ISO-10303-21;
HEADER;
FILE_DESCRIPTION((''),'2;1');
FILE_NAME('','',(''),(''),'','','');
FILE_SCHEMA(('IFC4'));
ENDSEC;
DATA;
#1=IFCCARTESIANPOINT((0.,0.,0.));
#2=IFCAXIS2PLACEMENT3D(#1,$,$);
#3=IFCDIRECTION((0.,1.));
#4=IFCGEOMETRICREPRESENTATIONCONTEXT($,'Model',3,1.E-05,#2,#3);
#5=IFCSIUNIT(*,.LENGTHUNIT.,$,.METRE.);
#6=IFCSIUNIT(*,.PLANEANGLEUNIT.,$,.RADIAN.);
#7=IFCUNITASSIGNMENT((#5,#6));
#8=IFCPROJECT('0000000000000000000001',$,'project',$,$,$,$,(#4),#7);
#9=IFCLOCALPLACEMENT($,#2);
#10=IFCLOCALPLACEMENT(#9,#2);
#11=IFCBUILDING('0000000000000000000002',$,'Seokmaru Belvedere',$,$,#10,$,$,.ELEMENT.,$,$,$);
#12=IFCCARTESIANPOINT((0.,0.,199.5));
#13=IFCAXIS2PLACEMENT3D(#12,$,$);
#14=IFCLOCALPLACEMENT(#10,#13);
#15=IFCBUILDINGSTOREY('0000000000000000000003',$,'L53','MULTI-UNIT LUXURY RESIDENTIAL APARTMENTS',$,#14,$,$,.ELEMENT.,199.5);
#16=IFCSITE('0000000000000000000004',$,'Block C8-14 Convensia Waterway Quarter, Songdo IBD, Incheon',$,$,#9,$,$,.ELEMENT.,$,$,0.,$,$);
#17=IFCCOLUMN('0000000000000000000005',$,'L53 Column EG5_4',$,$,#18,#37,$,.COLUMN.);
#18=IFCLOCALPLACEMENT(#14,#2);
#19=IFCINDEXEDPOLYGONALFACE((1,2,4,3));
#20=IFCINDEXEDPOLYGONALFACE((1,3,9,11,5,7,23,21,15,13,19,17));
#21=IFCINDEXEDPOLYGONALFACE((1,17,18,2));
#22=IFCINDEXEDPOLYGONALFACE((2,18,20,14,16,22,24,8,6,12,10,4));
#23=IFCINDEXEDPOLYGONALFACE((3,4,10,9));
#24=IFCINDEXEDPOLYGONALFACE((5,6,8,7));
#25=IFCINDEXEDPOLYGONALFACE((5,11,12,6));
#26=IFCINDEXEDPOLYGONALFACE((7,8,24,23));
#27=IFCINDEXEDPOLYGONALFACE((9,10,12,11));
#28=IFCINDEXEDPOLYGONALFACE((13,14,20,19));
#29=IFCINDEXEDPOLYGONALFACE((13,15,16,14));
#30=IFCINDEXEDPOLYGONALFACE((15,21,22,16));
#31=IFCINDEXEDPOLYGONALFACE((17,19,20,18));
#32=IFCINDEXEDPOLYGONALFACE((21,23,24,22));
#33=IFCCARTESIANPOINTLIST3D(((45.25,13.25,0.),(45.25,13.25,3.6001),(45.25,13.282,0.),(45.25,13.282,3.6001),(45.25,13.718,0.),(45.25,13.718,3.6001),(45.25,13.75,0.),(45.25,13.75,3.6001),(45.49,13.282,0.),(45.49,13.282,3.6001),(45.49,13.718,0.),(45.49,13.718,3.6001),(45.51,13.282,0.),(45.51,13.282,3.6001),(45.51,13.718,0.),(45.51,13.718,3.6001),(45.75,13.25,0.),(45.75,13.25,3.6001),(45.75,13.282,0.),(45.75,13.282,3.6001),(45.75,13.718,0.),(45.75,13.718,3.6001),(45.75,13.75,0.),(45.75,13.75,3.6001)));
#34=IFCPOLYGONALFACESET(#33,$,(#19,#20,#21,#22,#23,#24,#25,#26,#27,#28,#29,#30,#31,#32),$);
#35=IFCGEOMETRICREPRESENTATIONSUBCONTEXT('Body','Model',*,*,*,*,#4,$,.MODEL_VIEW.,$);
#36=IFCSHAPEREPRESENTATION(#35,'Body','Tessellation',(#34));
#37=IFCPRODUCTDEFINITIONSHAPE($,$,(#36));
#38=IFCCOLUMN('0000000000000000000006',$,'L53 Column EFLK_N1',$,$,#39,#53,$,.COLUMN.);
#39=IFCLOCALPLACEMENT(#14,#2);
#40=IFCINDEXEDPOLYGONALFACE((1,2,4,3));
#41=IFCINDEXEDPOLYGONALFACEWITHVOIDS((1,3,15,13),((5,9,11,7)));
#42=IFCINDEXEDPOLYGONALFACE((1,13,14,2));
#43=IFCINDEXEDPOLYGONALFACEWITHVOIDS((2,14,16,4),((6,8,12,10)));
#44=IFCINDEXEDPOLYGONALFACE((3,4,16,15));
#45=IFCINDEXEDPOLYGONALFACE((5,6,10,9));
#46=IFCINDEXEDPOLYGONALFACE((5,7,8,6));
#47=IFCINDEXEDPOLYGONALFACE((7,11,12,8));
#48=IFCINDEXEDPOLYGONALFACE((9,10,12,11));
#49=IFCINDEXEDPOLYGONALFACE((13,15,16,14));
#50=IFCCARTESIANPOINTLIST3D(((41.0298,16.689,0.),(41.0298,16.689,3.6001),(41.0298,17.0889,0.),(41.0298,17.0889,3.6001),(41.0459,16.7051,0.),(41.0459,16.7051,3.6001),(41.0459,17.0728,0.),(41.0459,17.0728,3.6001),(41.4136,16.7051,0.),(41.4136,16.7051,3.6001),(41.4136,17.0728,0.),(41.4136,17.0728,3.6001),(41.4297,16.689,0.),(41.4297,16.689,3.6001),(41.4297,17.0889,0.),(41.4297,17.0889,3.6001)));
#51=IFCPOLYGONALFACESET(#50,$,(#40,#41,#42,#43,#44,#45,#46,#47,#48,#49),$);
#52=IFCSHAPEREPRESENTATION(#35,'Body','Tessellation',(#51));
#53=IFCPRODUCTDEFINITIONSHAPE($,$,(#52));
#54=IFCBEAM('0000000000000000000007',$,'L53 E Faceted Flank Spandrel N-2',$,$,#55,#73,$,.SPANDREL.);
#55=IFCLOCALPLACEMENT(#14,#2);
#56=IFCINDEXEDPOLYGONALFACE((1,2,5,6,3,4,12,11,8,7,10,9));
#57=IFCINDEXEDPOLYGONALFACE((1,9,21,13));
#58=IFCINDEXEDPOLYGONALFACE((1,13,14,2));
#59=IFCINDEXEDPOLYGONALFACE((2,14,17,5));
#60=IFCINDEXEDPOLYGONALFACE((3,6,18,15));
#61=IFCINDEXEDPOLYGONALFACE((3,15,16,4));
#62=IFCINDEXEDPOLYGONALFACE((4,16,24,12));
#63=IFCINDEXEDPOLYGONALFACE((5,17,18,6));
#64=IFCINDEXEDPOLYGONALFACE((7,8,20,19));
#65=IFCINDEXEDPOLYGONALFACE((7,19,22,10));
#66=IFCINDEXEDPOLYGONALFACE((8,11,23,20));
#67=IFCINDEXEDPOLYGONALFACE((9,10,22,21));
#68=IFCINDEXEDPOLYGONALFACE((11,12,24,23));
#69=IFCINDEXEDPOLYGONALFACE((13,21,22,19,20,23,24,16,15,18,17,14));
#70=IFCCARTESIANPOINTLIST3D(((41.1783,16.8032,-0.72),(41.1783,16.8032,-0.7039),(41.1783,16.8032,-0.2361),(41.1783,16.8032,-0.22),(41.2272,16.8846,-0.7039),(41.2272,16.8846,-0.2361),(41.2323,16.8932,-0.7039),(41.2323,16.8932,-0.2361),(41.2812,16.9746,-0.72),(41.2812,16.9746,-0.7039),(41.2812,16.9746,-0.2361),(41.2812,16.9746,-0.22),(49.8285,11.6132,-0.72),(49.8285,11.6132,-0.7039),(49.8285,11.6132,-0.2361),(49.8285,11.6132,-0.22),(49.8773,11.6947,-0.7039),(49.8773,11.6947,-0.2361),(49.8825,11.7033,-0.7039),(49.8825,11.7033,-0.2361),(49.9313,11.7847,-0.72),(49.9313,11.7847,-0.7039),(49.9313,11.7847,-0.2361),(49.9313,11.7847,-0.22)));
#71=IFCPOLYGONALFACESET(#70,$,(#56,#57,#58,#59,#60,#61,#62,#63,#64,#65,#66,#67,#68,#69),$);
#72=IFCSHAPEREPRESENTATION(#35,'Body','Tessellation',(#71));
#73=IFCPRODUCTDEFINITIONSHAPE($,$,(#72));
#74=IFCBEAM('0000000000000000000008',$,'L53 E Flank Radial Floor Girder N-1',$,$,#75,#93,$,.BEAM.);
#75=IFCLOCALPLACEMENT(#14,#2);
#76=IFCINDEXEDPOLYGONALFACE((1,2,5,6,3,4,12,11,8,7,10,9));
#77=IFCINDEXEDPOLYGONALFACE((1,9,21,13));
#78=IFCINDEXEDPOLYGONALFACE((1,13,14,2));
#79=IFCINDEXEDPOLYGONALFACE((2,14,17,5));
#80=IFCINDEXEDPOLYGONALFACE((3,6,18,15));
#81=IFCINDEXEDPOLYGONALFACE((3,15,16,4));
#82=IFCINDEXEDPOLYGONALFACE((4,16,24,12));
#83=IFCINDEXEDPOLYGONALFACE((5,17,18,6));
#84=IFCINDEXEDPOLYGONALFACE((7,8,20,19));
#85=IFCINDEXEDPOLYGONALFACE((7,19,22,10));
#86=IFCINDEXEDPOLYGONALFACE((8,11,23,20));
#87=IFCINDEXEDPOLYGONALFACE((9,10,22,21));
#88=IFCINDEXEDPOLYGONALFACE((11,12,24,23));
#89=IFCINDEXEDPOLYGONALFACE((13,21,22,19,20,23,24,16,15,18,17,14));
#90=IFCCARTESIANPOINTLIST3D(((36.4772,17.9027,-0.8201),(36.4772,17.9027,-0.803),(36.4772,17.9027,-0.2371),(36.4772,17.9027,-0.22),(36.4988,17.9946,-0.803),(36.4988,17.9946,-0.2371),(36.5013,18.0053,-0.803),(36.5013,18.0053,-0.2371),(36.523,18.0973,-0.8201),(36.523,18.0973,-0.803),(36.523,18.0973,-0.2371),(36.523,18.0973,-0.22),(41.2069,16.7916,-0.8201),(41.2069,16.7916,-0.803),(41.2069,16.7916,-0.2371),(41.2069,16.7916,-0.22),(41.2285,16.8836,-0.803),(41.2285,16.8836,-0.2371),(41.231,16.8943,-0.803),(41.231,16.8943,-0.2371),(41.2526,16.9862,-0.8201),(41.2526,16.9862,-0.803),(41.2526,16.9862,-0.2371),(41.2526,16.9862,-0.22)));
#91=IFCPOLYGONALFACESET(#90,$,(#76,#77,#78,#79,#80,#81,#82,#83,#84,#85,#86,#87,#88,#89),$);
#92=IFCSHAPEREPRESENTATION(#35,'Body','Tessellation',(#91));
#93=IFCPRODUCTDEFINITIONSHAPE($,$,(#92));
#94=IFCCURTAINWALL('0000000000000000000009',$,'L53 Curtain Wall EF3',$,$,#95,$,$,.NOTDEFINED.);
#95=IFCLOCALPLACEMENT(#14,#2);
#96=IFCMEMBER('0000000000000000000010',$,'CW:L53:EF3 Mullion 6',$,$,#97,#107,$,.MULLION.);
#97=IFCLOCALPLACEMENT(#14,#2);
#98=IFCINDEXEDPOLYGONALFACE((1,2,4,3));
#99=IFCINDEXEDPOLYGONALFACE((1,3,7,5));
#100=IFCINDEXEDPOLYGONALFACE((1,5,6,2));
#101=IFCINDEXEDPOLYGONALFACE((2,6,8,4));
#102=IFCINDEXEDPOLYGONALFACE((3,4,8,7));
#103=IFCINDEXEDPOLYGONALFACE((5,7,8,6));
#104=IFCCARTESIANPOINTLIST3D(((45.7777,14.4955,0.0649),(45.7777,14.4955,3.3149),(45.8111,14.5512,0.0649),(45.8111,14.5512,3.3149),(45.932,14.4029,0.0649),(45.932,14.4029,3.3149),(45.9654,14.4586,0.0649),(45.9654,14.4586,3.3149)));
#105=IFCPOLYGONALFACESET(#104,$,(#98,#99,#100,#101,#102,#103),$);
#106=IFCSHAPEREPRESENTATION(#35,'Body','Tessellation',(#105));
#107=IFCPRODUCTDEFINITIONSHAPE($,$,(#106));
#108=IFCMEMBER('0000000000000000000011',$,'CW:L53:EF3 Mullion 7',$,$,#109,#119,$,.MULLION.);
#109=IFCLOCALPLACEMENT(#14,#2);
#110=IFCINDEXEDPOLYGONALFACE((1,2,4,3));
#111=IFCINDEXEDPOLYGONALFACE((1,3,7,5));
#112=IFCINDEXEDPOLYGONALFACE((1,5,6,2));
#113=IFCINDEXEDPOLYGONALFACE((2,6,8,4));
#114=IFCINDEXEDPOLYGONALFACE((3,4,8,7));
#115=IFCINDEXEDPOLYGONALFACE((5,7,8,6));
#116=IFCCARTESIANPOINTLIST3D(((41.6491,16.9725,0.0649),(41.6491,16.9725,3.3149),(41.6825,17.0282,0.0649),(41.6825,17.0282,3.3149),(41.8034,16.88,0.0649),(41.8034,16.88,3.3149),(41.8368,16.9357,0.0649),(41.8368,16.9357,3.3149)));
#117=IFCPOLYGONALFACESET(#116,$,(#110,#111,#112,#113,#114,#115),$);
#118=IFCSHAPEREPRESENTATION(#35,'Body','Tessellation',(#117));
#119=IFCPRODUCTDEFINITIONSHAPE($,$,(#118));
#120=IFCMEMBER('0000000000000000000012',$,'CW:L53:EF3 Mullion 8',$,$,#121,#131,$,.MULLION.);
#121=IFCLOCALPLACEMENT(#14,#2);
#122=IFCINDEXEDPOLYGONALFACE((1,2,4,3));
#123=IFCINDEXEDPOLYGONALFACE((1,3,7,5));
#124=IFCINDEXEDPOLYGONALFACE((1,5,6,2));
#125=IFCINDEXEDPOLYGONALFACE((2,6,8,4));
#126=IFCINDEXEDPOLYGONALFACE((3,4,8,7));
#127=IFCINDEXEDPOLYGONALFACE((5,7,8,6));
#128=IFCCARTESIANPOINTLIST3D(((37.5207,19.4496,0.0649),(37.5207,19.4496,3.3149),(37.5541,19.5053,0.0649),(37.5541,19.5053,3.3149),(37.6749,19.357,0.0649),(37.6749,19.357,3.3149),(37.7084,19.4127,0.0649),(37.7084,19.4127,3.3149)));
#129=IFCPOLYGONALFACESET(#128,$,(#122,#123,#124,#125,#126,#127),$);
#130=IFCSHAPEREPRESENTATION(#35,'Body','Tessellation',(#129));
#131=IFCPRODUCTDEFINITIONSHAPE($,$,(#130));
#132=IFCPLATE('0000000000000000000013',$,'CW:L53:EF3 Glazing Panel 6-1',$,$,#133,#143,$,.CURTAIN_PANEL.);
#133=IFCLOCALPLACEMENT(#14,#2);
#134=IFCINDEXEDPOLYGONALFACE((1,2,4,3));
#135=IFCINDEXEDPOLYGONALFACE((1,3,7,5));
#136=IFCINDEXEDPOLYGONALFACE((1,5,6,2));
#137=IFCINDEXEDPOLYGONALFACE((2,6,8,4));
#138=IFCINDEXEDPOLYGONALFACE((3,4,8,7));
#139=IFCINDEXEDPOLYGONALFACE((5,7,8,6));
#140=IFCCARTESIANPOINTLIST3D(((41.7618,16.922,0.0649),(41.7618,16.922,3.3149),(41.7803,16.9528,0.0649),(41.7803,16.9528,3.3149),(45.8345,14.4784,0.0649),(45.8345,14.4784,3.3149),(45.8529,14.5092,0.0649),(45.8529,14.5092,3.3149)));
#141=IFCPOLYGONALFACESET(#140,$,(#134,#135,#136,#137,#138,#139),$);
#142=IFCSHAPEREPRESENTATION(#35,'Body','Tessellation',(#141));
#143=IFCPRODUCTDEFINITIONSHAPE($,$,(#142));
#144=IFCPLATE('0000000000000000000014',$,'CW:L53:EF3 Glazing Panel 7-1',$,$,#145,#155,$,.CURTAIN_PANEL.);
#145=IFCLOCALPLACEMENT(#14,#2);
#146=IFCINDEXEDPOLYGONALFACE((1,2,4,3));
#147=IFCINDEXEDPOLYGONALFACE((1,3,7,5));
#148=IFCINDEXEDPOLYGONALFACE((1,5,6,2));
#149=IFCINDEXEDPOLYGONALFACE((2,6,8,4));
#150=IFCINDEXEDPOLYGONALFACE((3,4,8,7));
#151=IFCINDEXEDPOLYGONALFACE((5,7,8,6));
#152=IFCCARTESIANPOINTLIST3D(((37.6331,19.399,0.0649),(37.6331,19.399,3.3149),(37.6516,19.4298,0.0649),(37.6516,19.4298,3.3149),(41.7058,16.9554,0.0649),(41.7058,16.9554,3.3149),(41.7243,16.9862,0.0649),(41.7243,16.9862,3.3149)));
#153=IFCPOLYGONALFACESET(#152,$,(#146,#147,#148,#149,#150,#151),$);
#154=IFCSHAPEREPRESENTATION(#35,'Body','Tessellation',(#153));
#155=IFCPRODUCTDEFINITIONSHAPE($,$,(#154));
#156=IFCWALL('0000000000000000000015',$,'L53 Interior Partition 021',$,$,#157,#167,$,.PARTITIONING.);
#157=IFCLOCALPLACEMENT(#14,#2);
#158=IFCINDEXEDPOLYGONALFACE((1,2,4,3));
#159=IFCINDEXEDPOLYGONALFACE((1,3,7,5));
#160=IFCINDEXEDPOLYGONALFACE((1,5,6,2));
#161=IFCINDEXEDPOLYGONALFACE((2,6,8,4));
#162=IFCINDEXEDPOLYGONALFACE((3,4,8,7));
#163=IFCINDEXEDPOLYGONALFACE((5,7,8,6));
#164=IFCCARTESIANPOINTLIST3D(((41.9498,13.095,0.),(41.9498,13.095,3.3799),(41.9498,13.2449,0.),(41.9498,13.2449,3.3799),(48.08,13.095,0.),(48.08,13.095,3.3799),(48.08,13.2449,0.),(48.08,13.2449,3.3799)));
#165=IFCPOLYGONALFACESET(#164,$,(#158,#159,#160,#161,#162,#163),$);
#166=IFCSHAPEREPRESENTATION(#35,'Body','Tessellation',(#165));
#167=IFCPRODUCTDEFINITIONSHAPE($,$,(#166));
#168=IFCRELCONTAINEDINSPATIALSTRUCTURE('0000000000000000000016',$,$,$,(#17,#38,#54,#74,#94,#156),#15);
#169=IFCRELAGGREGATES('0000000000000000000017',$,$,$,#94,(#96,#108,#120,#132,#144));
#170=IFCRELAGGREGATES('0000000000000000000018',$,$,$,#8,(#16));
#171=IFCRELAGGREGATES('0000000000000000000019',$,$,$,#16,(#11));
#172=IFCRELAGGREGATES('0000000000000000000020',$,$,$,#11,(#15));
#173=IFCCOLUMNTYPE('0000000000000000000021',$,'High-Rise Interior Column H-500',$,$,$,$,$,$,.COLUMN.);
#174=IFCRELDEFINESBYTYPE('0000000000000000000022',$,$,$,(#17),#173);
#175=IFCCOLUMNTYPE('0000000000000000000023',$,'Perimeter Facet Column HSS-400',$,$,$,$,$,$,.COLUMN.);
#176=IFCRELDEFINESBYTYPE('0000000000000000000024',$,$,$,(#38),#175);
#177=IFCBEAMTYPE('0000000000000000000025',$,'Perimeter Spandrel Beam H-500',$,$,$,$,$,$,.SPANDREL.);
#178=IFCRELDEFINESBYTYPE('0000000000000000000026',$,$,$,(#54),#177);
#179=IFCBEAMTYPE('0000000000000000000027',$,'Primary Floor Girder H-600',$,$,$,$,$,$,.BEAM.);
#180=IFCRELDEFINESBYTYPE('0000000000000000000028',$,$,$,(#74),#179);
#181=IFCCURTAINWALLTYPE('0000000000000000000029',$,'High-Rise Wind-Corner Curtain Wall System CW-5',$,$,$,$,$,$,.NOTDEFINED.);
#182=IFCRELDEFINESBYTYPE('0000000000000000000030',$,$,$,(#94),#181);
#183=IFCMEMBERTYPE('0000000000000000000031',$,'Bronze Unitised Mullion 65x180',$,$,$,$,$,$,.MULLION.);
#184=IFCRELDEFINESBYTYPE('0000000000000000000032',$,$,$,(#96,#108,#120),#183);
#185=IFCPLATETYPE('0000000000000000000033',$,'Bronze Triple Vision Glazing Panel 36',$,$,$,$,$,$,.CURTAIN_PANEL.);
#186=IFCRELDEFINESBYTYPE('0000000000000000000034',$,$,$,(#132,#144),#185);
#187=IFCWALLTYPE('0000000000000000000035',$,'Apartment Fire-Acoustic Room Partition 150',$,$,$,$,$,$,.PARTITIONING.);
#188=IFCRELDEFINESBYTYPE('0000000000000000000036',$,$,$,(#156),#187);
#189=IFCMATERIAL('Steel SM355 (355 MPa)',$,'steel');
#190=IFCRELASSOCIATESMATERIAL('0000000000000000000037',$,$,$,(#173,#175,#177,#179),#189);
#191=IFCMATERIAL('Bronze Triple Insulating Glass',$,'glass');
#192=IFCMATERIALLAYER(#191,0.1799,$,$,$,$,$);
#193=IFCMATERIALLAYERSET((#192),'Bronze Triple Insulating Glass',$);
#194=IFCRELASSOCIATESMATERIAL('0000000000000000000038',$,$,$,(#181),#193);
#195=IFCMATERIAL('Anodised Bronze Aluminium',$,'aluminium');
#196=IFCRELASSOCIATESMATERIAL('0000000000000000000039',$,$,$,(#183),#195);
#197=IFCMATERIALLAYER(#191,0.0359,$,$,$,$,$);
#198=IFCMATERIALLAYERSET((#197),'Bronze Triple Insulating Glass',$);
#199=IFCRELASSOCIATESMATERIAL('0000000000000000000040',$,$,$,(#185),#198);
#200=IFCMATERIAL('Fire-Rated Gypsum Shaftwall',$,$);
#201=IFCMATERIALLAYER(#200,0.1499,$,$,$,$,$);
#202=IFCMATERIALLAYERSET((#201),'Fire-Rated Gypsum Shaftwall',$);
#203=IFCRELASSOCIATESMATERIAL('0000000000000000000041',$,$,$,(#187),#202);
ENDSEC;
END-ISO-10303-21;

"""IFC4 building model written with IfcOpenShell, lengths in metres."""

from ifc_helpers import new_model, si_unit, direction, frame, frame_2d, origin, origin_2d, place, context, subcontext, project, spatial, rectangle, hollow_rectangle, i_section, extrude, source, transform, mapped, material, layer, layer_set, material_profile, profile_set, type_object, type_shapes, element, aggregate, save


model = new_model("IFC4")

# Units and contexts
model_context = context("Model", 3, precision=1e-05, world=origin(), true_north=direction((0.0, 1.0)))
body_context = subcontext(model_context, "Body", "Model", "MODEL_VIEW")
ifc_project = project(units=[si_unit("LENGTHUNIT", "METRE"), si_unit("PLANEANGLEUNIT", "RADIAN")], contexts=[model_context])

# Site, building, storey
site_placement = place(None, origin())
site = spatial("IfcSite", under=ifc_project, at=site_placement, Name="Block C8-14 Convensia Waterway Quarter, Songdo IBD, Incheon", CompositionType="ELEMENT", RefElevation=0.0)
building_placement = place(site_placement, origin())
building = spatial("IfcBuilding", under=site, at=building_placement, Name="Seokmaru Belvedere", CompositionType="ELEMENT")
storey_placement = place(building_placement, frame((0.0, 0.0, 199.5)))
storey = spatial("IfcBuildingStorey", under=building, at=storey_placement, Name="L53", Description="MULTI-UNIT LUXURY RESIDENTIAL APARTMENTS", CompositionType="ELEMENT", Elevation=199.5)

# Columns
ifc_material_1 = material(Name="Steel SM355 (355 MPa)", Category="steel")
ifc_material_profile_1 = material_profile(ifc_material_1, i_section(OverallWidth=0.5, OverallDepth=0.5, WebThickness=0.02, FlangeThickness=0.032, at=origin_2d()), Name="H-500x500x20x32")
ifc_profile_set_1 = profile_set([ifc_material_profile_1], Name="Steel SM355 (355 MPa)")
column_type_1 = type_object("IfcColumnType", Name="High-Rise Interior Column H-500", PredefinedType="COLUMN", material=ifc_profile_set_1)
shared_shape_1 = source(origin(), body_context, "Body", "SweptSolid", [
    extrude(i_section(OverallWidth=0.5, OverallDepth=0.5, WebThickness=0.02, FlangeThickness=0.032, at=origin_2d()), origin(), (0.0, 0.0, 1.0), 3.6001),
])
type_shapes(column_type_1, [shared_shape_1])
column_1_placement = place(storey_placement, frame((45.5, 13.5, 0.0), z_axis=(0.0, 0.0, 1.0), x_axis=(1.0, 0.0, 0.0)))
element("IfcColumn", 1, at=column_1_placement, inside=storey, type_object=column_type_1, Name="L53 Column EG5_4", PredefinedType="COLUMN", context=body_context, shape_type="MappedRepresentation", body=[
    mapped(shared_shape_1, transform((0.0, 0.0, 0.0), scale=1.0)),
])
ifc_material_profile_2 = material_profile(ifc_material_1, hollow_rectangle(XDim=0.3999, YDim=0.3999, WallThickness=0.0161, at=origin_2d()), Name="HSS-400x400x16")
ifc_profile_set_2 = profile_set([ifc_material_profile_2], Name="Steel SM355 (355 MPa)")
column_type_2 = type_object("IfcColumnType", Name="Perimeter Facet Column HSS-400", PredefinedType="COLUMN", material=ifc_profile_set_2)
shared_shape_2 = source(origin(), body_context, "Body", "SweptSolid", [
    extrude(hollow_rectangle(XDim=0.3999, YDim=0.3999, WallThickness=0.0161, at=origin_2d()), origin(), (0.0, 0.0, 1.0), 3.6001),
])
type_shapes(column_type_2, [shared_shape_2])
column_2_placement = place(storey_placement, frame((41.2297, 16.8889, 0.0), z_axis=(0.0, 0.0, 1.0), x_axis=(1.0, 0.0, 0.0)))
element("IfcColumn", 2, at=column_2_placement, inside=storey, type_object=column_type_2, Name="L53 Column EFLK_N1", PredefinedType="COLUMN", context=body_context, shape_type="MappedRepresentation", body=[
    mapped(shared_shape_2, transform((0.0, 0.0, 0.0), scale=1.0)),
])

# Beams
ifc_material_profile_3 = material_profile(ifc_material_1, i_section(OverallWidth=0.2, OverallDepth=0.5, WebThickness=0.01, FlangeThickness=0.0161, at=origin_2d()), Name="H-500x200x10x16")
ifc_profile_set_3 = profile_set([ifc_material_profile_3], Name="Steel SM355 (355 MPa)")
beam_type_1 = type_object("IfcBeamType", Name="Perimeter Spandrel Beam H-500", PredefinedType="SPANDREL", material=ifc_profile_set_3)
shared_shape_3 = source(origin(), body_context, "Body", "SweptSolid", [
    extrude(i_section(OverallWidth=0.2, OverallDepth=0.5, WebThickness=0.01, FlangeThickness=0.0161, at=origin_2d()), origin(), (0.0, 0.0, 1.0), 10.0876),
])
type_shapes(beam_type_1, [shared_shape_3])
beam_1_placement = place(storey_placement, frame((41.2297, 16.8889, -0.47), z_axis=(0.857499, -0.514485, 0.0), x_axis=(0.514485, 0.857499, 0.0)))
element("IfcBeam", 3, at=beam_1_placement, inside=storey, type_object=beam_type_1, Name="L53 E Faceted Flank Spandrel N-2", PredefinedType="SPANDREL", context=body_context, shape_type="MappedRepresentation", body=[
    mapped(shared_shape_3, transform((0.0, 0.0, 0.0), scale=1.0)),
])
ifc_material_profile_4 = material_profile(ifc_material_1, i_section(OverallWidth=0.2, OverallDepth=0.6001, WebThickness=0.011, FlangeThickness=0.0171, at=origin_2d()), Name="H-600x200x11x17")
ifc_profile_set_4 = profile_set([ifc_material_profile_4], Name="Steel SM355 (355 MPa)")
beam_type_2 = type_object("IfcBeamType", Name="Primary Floor Girder H-600", PredefinedType="BEAM", material=ifc_profile_set_4)
shared_shape_4 = source(origin(), body_context, "Body", "SweptSolid", [
    extrude(i_section(OverallWidth=0.2, OverallDepth=0.6001, WebThickness=0.011, FlangeThickness=0.0171, at=origin_2d()), origin(), (0.0, 0.0, 1.0), 4.8584),
])
type_shapes(beam_type_2, [shared_shape_4])
beam_2_placement = place(storey_placement, frame((41.2297, 16.8889, -0.52), z_axis=(-0.973499, 0.228689, 0.0), x_axis=(-0.228689, -0.973499, 0.0)))
element("IfcBeam", 4, at=beam_2_placement, inside=storey, type_object=beam_type_2, Name="L53 E Flank Radial Floor Girder N-1", PredefinedType="BEAM", context=body_context, shape_type="MappedRepresentation", body=[
    mapped(shared_shape_4, transform((0.0, 0.0, 0.0), scale=1.0)),
])

# Curtain wall, members, plates
ifc_material_2 = material(Name="Bronze Triple Insulating Glass", Category="glass")
ifc_layer_1 = layer(ifc_material_2, 0.1799)
ifc_layer_set_1 = layer_set([ifc_layer_1], Name="Bronze Triple Insulating Glass")
curtain_wall_type = type_object("IfcCurtainWallType", Name="High-Rise Wind-Corner Curtain Wall System CW-5", PredefinedType="NOTDEFINED", material=ifc_layer_set_1)
curtain_wall_placement = place(storey_placement, origin())
curtain_wall = element("IfcCurtainWall", 5, at=curtain_wall_placement, inside=storey, type_object=curtain_wall_type, Name="L53 Curtain Wall EF3", PredefinedType="NOTDEFINED")
ifc_material_3 = material(Name="Anodised Bronze Aluminium", Category="aluminium")
ifc_material_profile_5 = material_profile(ifc_material_3, rectangle(XDim=0.0649, YDim=0.1799, at=origin_2d()), Name="CW-M-65x180")
ifc_profile_set_5 = profile_set([ifc_material_profile_5], Name="Anodised Bronze Aluminium")
member_type = type_object("IfcMemberType", Name="Bronze Unitised Mullion 65x180", PredefinedType="MULLION", material=ifc_profile_set_5)
shared_shape_5 = source(origin(), body_context, "Body", "SweptSolid", [
    extrude(rectangle(XDim=0.0649, YDim=0.1799, at=origin_2d()), origin(), (0.0, 0.0, 1.0), 3.25),
])
type_shapes(member_type, [shared_shape_5])
member_1_placement = place(storey_placement, frame((45.8716, 14.4771, 0.0649), z_axis=(0.0, 0.0, 1.0), x_axis=(-0.514495, -0.857493, 0.0)))
member_1 = element("IfcMember", 6, at=member_1_placement, type_object=member_type, Name="CW:L53:EF3 Mullion 6", PredefinedType="MULLION", context=body_context, shape_type="MappedRepresentation", body=[
    mapped(shared_shape_5, transform((0.0, 0.0, 0.0), scale=1.0)),
])
member_2_placement = place(storey_placement, frame((41.7429, 16.9541, 0.0649), z_axis=(0.0, 0.0, 1.0), x_axis=(-0.514495, -0.857493, 0.0)))
member_2 = element("IfcMember", 7, at=member_2_placement, type_object=member_type, Name="CW:L53:EF3 Mullion 7", PredefinedType="MULLION", context=body_context, shape_type="MappedRepresentation", body=[
    mapped(shared_shape_5, transform((0.0, 0.0, 0.0), scale=1.0)),
])
member_3_placement = place(storey_placement, frame((37.6145, 19.4312, 0.0649), z_axis=(0.0, 0.0, 1.0), x_axis=(-0.514495, -0.857493, 0.0)))
member_3 = element("IfcMember", 8, at=member_3_placement, type_object=member_type, Name="CW:L53:EF3 Mullion 8", PredefinedType="MULLION", context=body_context, shape_type="MappedRepresentation", body=[
    mapped(shared_shape_5, transform((0.0, 0.0, 0.0), scale=1.0)),
])
ifc_layer_2 = layer(ifc_material_2, 0.0359)
ifc_layer_set_2 = layer_set([ifc_layer_2], Name="Bronze Triple Insulating Glass")
plate_type = type_object("IfcPlateType", Name="Bronze Triple Vision Glazing Panel 36", PredefinedType="CURTAIN_PANEL", material=ifc_layer_set_2)
shared_shape_6 = source(origin(), body_context, "Body", "SweptSolid", [
    extrude(rectangle(XDim=4.7495, YDim=0.0359, at=origin_2d()), origin(), (0.0, 0.0, 1.0), 3.25),
])
type_shapes(plate_type, [shared_shape_6])
plate_1_placement = place(storey_placement, frame((43.8074, 15.7156, 0.0649), z_axis=(0.0, 0.0, 1.0), x_axis=(-0.857493, 0.514495, 0.0)))
plate_1 = element("IfcPlate", 9, at=plate_1_placement, type_object=plate_type, Name="CW:L53:EF3 Glazing Panel 6-1", PredefinedType="CURTAIN_PANEL", context=body_context, shape_type="MappedRepresentation", body=[
    mapped(shared_shape_6, transform((0.0, 0.0, 0.0), scale=1.0)),
])
plate_2_placement = place(storey_placement, frame((39.6787, 18.1926, 0.0649), z_axis=(0.0, 0.0, 1.0), x_axis=(-0.857493, 0.514495, 0.0)))
plate_2 = element("IfcPlate", 10, at=plate_2_placement, type_object=plate_type, Name="CW:L53:EF3 Glazing Panel 7-1", PredefinedType="CURTAIN_PANEL", context=body_context, shape_type="MappedRepresentation", body=[
    mapped(shared_shape_6, transform((0.0, 0.0, 0.0), scale=1.0)),
])
aggregate(curtain_wall, [member_1, member_2, member_3, plate_1, plate_2])

# Wall
ifc_material_4 = material(Name="Fire-Rated Gypsum Shaftwall")
ifc_layer_3 = layer(ifc_material_4, 0.1499)
ifc_layer_set_3 = layer_set([ifc_layer_3], Name="Fire-Rated Gypsum Shaftwall")
wall_type_1 = type_object("IfcWallType", Name="Apartment Fire-Acoustic Room Partition 150", PredefinedType="PARTITIONING", material=ifc_layer_set_3)
wall_1_placement = place(storey_placement, frame((41.95, 13.1699, 0.0), z_axis=(0.0, 0.0, 1.0), x_axis=(1.0, 0.0, 0.0)))
element("IfcWall", 11, at=wall_1_placement, inside=storey, type_object=wall_type_1, Name="L53 Interior Partition 021", PredefinedType="PARTITIONING", context=body_context, shape_type="SweptSolid", body=[
    extrude(rectangle(XDim=6.1301, YDim=0.1499, at=frame_2d((3.0649, 0.0))), origin(), (0.0, 0.0, 1.0), 3.3799),
])

save(model, "model.ifc")
